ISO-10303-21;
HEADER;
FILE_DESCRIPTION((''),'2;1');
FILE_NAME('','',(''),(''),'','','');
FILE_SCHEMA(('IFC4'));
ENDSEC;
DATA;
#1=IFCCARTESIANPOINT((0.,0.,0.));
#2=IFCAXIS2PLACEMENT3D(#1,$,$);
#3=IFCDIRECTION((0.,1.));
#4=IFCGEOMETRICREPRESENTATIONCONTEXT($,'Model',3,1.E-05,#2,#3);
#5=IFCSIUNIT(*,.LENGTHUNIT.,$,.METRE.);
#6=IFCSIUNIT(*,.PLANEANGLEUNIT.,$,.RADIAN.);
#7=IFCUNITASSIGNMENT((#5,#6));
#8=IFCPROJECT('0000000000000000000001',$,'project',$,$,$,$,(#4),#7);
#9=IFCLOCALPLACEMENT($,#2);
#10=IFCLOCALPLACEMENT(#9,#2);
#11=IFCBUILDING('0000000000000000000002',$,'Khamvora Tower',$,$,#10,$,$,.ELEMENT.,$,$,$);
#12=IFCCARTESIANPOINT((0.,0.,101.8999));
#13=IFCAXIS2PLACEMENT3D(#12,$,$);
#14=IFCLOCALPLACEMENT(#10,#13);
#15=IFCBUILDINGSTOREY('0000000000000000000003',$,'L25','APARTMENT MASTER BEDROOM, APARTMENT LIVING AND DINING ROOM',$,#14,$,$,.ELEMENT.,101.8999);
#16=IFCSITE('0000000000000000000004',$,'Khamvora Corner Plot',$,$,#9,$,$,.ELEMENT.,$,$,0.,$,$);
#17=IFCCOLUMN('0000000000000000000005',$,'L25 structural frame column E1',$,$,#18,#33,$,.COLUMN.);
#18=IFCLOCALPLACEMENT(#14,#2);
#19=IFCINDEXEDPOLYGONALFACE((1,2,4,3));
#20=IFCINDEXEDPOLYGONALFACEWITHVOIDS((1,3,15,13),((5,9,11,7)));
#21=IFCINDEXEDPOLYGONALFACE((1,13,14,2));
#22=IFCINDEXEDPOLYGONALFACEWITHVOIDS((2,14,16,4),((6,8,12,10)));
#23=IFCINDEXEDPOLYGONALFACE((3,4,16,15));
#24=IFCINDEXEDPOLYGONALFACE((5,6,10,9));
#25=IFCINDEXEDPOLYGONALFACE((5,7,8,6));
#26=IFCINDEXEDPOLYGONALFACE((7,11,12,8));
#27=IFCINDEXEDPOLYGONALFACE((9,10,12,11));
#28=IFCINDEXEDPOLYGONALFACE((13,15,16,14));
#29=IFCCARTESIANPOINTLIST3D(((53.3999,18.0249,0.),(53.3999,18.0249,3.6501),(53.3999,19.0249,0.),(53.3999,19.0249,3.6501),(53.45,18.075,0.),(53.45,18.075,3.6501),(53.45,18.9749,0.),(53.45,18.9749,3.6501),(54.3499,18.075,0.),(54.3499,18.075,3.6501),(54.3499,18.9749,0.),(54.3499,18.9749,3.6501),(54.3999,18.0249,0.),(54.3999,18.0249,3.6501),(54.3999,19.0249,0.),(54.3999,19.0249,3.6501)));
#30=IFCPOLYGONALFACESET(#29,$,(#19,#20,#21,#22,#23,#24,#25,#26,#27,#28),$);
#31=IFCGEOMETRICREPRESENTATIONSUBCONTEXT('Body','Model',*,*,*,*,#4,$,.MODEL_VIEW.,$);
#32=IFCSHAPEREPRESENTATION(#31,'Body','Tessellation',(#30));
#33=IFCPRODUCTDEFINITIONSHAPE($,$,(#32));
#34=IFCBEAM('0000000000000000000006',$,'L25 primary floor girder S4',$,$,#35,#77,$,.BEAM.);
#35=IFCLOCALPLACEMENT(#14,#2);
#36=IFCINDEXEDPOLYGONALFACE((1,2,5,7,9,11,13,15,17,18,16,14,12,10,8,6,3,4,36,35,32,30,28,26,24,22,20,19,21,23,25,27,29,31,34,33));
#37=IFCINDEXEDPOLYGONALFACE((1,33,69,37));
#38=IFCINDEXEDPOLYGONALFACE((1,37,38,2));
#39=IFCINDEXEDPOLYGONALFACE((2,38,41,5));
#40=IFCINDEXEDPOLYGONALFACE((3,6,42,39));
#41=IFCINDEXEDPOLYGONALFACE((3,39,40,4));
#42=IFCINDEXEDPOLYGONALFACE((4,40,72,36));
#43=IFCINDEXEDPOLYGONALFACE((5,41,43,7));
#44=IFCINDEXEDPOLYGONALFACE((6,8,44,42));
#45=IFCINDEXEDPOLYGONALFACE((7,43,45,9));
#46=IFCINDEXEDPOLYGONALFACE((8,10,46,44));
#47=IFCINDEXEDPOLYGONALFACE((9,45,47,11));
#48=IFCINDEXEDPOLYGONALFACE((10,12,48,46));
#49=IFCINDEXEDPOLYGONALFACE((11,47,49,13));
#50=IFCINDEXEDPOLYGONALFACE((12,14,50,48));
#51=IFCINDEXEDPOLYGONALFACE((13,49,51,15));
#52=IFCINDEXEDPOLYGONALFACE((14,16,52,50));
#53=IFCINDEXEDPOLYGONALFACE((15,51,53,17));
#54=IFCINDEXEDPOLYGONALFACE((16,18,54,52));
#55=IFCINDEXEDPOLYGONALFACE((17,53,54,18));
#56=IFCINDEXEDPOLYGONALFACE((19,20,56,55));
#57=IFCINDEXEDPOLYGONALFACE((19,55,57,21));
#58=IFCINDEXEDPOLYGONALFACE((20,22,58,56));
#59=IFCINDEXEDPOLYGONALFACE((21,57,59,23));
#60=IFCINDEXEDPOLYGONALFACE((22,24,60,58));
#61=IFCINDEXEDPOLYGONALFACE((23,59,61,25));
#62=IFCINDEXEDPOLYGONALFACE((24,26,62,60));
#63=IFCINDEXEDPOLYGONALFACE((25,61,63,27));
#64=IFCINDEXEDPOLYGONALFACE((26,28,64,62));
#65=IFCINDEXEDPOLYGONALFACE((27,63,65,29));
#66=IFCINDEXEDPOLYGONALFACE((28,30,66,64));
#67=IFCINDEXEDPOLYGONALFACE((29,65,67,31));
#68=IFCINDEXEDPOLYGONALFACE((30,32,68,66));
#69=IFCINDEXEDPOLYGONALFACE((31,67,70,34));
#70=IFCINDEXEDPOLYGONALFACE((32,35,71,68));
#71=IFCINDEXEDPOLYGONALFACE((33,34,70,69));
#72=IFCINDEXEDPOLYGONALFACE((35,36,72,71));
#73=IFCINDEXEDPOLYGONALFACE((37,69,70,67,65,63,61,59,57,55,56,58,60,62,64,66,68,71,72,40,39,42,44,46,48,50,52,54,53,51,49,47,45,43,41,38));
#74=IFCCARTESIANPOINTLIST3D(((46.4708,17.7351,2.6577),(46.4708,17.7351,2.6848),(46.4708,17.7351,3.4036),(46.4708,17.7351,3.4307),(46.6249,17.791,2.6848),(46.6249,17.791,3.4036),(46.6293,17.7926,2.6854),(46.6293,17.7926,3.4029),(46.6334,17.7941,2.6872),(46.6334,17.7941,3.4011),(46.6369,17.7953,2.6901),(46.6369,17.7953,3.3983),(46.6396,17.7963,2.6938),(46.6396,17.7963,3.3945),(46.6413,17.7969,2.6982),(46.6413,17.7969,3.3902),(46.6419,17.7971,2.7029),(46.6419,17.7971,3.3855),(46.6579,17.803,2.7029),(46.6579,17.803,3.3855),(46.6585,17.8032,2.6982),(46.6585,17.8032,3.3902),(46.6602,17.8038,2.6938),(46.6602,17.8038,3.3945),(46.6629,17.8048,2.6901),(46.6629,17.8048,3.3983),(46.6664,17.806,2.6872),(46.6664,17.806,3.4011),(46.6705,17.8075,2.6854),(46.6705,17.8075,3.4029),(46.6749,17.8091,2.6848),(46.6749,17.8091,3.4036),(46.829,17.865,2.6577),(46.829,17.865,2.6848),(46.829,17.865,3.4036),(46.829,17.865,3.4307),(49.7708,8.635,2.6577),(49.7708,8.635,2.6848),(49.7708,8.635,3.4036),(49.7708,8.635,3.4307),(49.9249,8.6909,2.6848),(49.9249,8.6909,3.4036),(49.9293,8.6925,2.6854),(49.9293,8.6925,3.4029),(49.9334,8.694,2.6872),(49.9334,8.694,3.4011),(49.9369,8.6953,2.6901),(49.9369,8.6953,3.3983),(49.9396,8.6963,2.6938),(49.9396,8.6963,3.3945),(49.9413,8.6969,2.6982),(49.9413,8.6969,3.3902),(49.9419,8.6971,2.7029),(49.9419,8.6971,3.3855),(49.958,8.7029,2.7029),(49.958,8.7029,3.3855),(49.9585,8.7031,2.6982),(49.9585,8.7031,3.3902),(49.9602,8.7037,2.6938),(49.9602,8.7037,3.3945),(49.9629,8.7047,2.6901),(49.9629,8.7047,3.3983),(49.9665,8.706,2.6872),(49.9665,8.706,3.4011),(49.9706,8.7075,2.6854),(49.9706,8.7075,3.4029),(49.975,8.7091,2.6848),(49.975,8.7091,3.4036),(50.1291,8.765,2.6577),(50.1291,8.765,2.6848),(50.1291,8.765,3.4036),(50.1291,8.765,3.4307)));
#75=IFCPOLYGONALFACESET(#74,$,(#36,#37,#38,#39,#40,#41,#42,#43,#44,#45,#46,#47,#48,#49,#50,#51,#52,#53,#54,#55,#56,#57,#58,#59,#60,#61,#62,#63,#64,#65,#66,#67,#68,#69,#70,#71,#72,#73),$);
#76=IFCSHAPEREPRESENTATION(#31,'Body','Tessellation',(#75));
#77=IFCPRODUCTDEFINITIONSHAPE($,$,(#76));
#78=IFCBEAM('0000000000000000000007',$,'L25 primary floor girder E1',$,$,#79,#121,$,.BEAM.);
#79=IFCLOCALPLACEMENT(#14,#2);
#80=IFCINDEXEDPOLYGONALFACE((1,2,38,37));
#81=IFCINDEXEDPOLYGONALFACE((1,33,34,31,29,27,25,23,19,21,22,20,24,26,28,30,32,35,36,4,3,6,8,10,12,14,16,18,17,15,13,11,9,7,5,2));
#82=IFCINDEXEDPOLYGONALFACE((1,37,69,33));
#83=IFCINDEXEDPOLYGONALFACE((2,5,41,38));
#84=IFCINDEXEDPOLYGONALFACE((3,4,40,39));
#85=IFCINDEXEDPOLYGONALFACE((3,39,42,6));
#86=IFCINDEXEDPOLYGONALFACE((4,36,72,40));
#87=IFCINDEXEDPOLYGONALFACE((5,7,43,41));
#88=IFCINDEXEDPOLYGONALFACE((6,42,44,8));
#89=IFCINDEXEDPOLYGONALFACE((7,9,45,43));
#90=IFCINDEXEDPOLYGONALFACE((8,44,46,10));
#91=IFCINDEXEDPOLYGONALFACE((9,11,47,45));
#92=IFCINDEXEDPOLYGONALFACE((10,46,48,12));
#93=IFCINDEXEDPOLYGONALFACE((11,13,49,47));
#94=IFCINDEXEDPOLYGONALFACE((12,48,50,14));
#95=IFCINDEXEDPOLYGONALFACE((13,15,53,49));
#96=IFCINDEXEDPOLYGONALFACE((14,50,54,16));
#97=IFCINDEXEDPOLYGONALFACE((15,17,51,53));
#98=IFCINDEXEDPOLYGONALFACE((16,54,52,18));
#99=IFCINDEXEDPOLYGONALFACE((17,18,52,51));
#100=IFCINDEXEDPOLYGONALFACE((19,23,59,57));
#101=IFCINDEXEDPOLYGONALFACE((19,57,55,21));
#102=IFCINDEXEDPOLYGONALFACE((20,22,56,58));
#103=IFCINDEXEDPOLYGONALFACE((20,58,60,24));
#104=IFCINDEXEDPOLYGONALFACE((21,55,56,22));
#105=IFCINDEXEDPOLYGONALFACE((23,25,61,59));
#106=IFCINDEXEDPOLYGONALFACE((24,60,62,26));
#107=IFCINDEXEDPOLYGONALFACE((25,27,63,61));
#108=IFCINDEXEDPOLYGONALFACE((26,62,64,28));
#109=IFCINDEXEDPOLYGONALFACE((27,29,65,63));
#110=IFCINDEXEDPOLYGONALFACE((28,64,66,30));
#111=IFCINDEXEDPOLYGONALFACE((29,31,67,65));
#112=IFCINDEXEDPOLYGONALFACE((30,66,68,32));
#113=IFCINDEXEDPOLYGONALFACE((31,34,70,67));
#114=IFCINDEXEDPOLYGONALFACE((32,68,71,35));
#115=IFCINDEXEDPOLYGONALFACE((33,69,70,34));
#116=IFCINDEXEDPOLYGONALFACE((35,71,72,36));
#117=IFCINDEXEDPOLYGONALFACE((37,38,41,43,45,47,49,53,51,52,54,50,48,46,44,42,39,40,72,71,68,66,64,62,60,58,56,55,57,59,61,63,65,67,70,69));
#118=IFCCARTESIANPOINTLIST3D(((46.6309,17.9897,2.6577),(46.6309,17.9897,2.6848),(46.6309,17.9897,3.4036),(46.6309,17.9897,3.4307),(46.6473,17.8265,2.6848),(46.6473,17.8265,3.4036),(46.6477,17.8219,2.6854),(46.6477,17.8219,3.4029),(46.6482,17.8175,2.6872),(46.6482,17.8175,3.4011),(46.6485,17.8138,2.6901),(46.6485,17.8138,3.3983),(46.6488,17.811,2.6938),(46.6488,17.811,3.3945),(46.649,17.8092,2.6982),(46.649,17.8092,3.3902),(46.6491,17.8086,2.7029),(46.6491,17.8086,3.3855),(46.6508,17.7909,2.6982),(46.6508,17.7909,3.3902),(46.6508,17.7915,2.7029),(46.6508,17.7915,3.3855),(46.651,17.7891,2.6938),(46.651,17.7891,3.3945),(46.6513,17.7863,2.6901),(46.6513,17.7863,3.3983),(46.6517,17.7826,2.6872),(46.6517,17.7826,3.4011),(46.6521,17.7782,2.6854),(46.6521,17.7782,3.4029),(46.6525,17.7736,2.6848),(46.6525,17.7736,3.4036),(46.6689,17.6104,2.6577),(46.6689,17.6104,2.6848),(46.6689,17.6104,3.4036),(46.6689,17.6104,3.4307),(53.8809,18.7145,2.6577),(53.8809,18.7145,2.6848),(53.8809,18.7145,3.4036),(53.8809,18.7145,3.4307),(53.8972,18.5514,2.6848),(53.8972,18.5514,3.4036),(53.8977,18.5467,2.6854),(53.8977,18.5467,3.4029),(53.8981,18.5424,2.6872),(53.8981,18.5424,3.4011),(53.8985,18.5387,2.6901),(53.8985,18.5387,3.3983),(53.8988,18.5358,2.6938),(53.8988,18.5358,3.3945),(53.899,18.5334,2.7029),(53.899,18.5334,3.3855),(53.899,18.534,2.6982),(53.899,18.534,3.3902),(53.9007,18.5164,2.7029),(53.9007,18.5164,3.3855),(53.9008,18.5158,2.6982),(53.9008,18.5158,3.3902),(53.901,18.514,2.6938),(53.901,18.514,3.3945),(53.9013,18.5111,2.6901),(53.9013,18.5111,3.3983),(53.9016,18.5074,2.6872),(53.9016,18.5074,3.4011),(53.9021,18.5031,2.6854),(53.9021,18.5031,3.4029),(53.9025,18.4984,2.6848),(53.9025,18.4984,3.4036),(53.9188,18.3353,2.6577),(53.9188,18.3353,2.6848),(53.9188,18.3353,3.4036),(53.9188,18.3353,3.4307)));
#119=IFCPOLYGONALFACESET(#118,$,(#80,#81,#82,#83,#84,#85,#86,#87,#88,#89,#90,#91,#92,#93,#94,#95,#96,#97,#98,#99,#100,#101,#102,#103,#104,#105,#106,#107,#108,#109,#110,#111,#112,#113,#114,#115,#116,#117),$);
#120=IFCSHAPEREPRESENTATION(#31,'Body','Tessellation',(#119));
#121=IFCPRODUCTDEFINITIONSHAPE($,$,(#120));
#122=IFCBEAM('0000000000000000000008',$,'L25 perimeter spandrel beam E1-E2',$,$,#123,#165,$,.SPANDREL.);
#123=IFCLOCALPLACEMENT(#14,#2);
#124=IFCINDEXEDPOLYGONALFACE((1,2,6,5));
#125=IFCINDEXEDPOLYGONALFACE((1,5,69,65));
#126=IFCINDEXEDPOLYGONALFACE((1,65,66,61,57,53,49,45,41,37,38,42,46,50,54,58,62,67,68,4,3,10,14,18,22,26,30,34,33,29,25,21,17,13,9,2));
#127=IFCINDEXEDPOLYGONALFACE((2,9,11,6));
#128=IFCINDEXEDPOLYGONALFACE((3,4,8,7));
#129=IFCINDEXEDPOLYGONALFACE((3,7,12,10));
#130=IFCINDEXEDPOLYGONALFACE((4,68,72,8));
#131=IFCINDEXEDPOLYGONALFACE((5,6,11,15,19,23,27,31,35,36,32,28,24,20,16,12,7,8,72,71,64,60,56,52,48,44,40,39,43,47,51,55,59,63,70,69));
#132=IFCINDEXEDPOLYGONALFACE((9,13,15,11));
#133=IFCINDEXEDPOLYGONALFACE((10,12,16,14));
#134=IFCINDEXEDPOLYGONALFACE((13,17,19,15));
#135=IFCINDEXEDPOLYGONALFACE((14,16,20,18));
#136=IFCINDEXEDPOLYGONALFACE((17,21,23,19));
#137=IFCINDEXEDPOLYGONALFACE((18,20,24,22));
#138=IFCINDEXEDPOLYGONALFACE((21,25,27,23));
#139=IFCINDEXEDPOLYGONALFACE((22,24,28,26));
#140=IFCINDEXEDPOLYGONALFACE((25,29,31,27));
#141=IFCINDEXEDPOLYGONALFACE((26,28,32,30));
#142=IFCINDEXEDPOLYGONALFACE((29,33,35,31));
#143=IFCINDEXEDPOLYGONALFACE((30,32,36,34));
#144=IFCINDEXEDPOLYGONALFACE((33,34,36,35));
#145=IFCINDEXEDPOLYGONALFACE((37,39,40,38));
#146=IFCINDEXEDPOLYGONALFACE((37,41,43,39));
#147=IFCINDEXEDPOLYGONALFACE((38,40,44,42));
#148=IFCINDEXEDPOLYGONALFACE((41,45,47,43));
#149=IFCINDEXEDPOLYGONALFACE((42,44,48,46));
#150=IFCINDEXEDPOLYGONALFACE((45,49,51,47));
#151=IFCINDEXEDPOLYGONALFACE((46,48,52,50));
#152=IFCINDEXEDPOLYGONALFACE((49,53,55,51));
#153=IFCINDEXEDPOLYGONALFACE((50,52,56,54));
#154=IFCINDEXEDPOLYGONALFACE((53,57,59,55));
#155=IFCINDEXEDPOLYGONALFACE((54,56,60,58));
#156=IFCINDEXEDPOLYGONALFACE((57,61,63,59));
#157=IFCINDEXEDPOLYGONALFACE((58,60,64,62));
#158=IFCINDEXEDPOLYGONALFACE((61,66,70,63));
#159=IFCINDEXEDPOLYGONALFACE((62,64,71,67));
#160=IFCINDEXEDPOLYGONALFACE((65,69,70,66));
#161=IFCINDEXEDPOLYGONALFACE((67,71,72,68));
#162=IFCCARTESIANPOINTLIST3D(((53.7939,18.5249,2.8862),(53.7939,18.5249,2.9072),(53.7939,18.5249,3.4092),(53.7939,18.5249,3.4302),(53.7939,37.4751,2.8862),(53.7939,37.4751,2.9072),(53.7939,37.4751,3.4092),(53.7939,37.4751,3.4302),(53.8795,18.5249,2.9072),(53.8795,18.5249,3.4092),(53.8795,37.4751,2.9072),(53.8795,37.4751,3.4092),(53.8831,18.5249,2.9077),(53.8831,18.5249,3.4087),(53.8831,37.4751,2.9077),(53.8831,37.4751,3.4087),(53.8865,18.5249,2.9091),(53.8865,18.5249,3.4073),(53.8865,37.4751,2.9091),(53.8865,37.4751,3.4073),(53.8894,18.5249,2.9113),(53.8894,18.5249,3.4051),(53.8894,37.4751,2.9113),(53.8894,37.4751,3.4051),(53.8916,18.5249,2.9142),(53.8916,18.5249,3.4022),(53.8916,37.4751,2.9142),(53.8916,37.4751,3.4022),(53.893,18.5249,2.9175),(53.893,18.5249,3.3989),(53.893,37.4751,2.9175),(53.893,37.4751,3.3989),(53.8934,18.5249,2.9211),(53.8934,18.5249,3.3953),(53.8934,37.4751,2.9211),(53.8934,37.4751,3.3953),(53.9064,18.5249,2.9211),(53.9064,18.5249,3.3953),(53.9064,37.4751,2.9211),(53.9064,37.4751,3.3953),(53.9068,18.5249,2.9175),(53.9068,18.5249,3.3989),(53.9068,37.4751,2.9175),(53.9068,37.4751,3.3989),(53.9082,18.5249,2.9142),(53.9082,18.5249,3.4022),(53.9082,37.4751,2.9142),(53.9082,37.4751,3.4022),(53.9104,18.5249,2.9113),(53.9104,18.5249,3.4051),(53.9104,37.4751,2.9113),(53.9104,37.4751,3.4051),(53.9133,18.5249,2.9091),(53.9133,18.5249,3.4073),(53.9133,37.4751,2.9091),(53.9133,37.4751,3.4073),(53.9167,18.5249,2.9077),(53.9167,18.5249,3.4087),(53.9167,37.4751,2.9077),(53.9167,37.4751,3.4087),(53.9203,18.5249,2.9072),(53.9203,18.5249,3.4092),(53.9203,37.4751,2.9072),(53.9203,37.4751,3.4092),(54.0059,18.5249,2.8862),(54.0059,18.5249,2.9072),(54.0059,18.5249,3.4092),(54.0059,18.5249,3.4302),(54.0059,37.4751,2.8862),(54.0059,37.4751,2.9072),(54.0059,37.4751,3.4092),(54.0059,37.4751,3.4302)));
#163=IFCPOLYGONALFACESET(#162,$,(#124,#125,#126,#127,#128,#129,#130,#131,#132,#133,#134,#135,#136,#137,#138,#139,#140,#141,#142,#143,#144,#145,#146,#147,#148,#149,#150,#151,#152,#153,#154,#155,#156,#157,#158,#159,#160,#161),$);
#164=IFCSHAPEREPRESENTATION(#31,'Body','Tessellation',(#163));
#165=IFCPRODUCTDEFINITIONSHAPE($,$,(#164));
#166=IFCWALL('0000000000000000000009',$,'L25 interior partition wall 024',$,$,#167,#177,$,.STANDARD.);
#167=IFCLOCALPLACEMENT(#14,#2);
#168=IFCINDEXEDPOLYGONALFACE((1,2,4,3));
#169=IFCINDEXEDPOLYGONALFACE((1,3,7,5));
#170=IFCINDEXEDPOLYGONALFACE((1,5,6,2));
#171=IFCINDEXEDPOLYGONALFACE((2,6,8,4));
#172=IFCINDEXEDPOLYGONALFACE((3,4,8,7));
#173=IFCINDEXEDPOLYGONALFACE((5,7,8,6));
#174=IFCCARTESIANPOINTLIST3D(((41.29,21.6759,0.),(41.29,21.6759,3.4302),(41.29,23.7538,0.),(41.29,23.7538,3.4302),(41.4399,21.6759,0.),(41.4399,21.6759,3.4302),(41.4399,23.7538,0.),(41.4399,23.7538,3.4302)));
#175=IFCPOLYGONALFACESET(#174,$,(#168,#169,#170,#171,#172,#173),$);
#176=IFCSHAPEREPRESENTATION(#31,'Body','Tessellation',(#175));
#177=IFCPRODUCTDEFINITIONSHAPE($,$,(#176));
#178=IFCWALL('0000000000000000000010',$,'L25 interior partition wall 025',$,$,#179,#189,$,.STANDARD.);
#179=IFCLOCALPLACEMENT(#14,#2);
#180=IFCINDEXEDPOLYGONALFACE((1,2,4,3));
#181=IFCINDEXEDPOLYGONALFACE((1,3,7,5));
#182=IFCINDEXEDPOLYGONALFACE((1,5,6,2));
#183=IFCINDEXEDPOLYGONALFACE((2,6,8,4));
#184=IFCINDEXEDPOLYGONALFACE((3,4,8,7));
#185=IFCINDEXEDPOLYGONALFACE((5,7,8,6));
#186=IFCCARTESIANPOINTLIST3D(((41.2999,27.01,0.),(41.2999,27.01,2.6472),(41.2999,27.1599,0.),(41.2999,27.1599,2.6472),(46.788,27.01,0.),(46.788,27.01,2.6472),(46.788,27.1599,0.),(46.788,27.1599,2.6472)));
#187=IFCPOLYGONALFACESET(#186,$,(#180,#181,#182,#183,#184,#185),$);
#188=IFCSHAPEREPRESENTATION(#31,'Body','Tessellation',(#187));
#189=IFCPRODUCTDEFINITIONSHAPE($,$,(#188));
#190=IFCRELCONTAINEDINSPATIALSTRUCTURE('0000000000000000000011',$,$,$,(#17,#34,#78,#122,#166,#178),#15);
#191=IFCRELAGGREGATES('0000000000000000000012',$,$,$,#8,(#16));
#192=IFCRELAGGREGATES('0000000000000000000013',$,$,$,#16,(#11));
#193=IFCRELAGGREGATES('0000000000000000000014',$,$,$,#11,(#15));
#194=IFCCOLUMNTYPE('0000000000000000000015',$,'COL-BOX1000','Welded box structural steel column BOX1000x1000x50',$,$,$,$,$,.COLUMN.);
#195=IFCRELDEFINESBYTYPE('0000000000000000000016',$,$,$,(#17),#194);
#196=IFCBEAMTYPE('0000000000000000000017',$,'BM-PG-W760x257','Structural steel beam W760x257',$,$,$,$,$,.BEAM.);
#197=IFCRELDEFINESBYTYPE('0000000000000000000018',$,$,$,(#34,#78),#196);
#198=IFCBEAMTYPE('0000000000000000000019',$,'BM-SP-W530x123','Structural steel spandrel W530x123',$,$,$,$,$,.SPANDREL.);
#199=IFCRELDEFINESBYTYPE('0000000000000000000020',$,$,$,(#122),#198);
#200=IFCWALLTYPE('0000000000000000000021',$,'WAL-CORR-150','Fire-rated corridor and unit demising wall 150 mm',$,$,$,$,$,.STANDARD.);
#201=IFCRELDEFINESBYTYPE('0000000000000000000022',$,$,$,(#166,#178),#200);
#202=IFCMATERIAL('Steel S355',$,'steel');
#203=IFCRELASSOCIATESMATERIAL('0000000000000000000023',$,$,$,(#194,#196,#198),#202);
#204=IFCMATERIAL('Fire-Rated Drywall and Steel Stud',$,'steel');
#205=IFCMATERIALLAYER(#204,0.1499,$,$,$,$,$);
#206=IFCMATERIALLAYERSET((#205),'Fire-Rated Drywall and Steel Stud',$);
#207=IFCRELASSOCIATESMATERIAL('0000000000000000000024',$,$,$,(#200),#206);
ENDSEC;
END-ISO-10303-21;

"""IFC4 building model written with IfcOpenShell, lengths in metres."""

from ifc_helpers import new_model, si_unit, direction, frame, frame_2d, origin, origin_2d, place, context, subcontext, project, spatial, rectangle, hollow_rectangle, i_section, extrude, material, layer, layer_set, material_profile, profile_set, type_object, element, save


model = new_model("IFC4")

# Units and contexts
model_context = context("Model", 3, precision=1e-05, world=origin(), true_north=direction((0.0, 1.0)))
body_context = subcontext(model_context, "Body", "Model", "MODEL_VIEW")
ifc_project = project(units=[si_unit("LENGTHUNIT", "METRE"), si_unit("PLANEANGLEUNIT", "RADIAN")], contexts=[model_context])

# Site, building, storey
site_placement = place(None, origin())
site = spatial("IfcSite", under=ifc_project, at=site_placement, Name="Khamvora Corner Plot", CompositionType="ELEMENT", RefElevation=0.0)
building_placement = place(site_placement, origin())
building = spatial("IfcBuilding", under=site, at=building_placement, Name="Khamvora Tower", CompositionType="ELEMENT")
storey_placement = place(building_placement, frame((0.0, 0.0, 101.8999)))
storey = spatial("IfcBuildingStorey", under=building, at=storey_placement, Name="L25", Description="APARTMENT MASTER BEDROOM, APARTMENT LIVING AND DINING ROOM", CompositionType="ELEMENT", Elevation=101.8999)

# Column
ifc_material_1 = material(Name="Steel S355", Category="steel")
ifc_material_profile_1 = material_profile(ifc_material_1, hollow_rectangle(XDim=1.0, YDim=1.0, WallThickness=0.05, at=origin_2d()), Name="BOX1000x1000x50")
ifc_profile_set_1 = profile_set([ifc_material_profile_1], Name="Steel S355")
column_type = type_object("IfcColumnType", Name="COL-BOX1000", Description="Welded box structural steel column BOX1000x1000x50", PredefinedType="COLUMN", material=ifc_profile_set_1)
column_placement = place(storey_placement, frame((53.8999, 18.5249, 0.0), z_axis=(0.0, 0.0, 1.0), x_axis=(1.0, 0.0, 0.0)))
element("IfcColumn", 1, at=column_placement, inside=storey, type_object=column_type, Name="L25 structural frame column E1", PredefinedType="COLUMN", context=body_context, shape_type="SweptSolid", body=[
    extrude(hollow_rectangle(XDim=1.0, YDim=1.0, WallThickness=0.05, at=origin_2d()), origin(), (0.0, 0.0, 1.0), 3.6501),
])

# Beams
ifc_material_profile_2 = material_profile(ifc_material_1, i_section(OverallWidth=0.3811, OverallDepth=0.7729, WebThickness=0.0171, FlangeThickness=0.0271, FilletRadius=0.0181, at=origin_2d()), Name="W760x257")
ifc_profile_set_2 = profile_set([ifc_material_profile_2], Name="Steel S355")
beam_type_1 = type_object("IfcBeamType", Name="BM-PG-W760x257", Description="Structural steel beam W760x257", PredefinedType="BEAM", material=ifc_profile_set_2)
beam_1_placement = place(storey_placement, frame((46.6499, 17.8, 3.0442), z_axis=(0.340915, -0.940094, 0.0), x_axis=(0.940094, 0.340915, 0.0)))
element("IfcBeam", 2, at=beam_1_placement, inside=storey, type_object=beam_type_1, Name="L25 primary floor girder S4", PredefinedType="BEAM", context=body_context, shape_type="SweptSolid", body=[
    extrude(i_section(OverallWidth=0.3811, OverallDepth=0.7729, WebThickness=0.0171, FlangeThickness=0.0271, FilletRadius=0.0181, at=origin_2d()), origin(), (0.0, 0.0, 1.0), 9.6799),
])
beam_2_placement = place(storey_placement, frame((46.6499, 17.8, 3.0442), z_axis=(0.995039, 0.099484, 0.0), x_axis=(-0.099484, 0.995039, 0.0)))
element("IfcBeam", 3, at=beam_2_placement, inside=storey, type_object=beam_type_1, Name="L25 primary floor girder E1", PredefinedType="BEAM", context=body_context, shape_type="SweptSolid", body=[
    extrude(i_section(OverallWidth=0.3811, OverallDepth=0.7729, WebThickness=0.0171, FlangeThickness=0.0271, FilletRadius=0.0181, at=origin_2d()), origin(), (0.0, 0.0, 1.0), 7.2861),
])
ifc_material_profile_3 = material_profile(ifc_material_1, i_section(OverallWidth=0.2119, OverallDepth=0.5439, WebThickness=0.0129, FlangeThickness=0.021, FilletRadius=0.0139, at=origin_2d()), Name="W530x123")
ifc_profile_set_3 = profile_set([ifc_material_profile_3], Name="Steel S355")
beam_type_2 = type_object("IfcBeamType", Name="BM-SP-W530x123", Description="Structural steel spandrel W530x123", PredefinedType="SPANDREL", material=ifc_profile_set_3)
beam_3_placement = place(storey_placement, frame((53.8999, 18.5249, 3.1582), z_axis=(0.0, 1.0, 0.0), x_axis=(-1.0, 0.0, 0.0)))
element("IfcBeam", 4, at=beam_3_placement, inside=storey, type_object=beam_type_2, Name="L25 perimeter spandrel beam E1-E2", PredefinedType="SPANDREL", context=body_context, shape_type="SweptSolid", body=[
    extrude(i_section(OverallWidth=0.2119, OverallDepth=0.5439, WebThickness=0.0129, FlangeThickness=0.021, FilletRadius=0.0139, at=origin_2d()), origin(), (0.0, 0.0, 1.0), 18.9502),
])

# Shared definitions
ifc_material_2 = material(Name="Fire-Rated Drywall and Steel Stud", Category="steel")
ifc_layer_1 = layer(ifc_material_2, 0.1499)
ifc_layer_set_1 = layer_set([ifc_layer_1], Name="Fire-Rated Drywall and Steel Stud")
wall_type_1 = type_object("IfcWallType", Name="WAL-CORR-150", Description="Fire-rated corridor and unit demising wall 150 mm", PredefinedType="STANDARD", material=ifc_layer_set_1)

# Walls
wall_1_placement = place(storey_placement, frame((41.365, 23.7539, 0.0), z_axis=(0.0, 0.0, 1.0), x_axis=(0.0, -1.0, 0.0)))
element("IfcWall", 5, at=wall_1_placement, inside=storey, type_object=wall_type_1, Name="L25 interior partition wall 024", PredefinedType="STANDARD", context=body_context, shape_type="SweptSolid", body=[
    extrude(rectangle(XDim=2.0779, YDim=0.1499, at=frame_2d((1.0391, 0.0))), origin(), (0.0, 0.0, 1.0), 3.4302),
])
wall_2_placement = place(storey_placement, frame((46.7881, 27.085, 0.0), z_axis=(0.0, 0.0, 1.0), x_axis=(-1.0, 0.0, 0.0)))
element("IfcWall", 6, at=wall_2_placement, inside=storey, type_object=wall_type_1, Name="L25 interior partition wall 025", PredefinedType="STANDARD", context=body_context, shape_type="SweptSolid", body=[
    extrude(rectangle(XDim=5.488, YDim=0.1499, at=frame_2d((2.7441, 0.0))), origin(), (0.0, 0.0, 1.0), 2.6472),
])

save(model, "model.ifc")
